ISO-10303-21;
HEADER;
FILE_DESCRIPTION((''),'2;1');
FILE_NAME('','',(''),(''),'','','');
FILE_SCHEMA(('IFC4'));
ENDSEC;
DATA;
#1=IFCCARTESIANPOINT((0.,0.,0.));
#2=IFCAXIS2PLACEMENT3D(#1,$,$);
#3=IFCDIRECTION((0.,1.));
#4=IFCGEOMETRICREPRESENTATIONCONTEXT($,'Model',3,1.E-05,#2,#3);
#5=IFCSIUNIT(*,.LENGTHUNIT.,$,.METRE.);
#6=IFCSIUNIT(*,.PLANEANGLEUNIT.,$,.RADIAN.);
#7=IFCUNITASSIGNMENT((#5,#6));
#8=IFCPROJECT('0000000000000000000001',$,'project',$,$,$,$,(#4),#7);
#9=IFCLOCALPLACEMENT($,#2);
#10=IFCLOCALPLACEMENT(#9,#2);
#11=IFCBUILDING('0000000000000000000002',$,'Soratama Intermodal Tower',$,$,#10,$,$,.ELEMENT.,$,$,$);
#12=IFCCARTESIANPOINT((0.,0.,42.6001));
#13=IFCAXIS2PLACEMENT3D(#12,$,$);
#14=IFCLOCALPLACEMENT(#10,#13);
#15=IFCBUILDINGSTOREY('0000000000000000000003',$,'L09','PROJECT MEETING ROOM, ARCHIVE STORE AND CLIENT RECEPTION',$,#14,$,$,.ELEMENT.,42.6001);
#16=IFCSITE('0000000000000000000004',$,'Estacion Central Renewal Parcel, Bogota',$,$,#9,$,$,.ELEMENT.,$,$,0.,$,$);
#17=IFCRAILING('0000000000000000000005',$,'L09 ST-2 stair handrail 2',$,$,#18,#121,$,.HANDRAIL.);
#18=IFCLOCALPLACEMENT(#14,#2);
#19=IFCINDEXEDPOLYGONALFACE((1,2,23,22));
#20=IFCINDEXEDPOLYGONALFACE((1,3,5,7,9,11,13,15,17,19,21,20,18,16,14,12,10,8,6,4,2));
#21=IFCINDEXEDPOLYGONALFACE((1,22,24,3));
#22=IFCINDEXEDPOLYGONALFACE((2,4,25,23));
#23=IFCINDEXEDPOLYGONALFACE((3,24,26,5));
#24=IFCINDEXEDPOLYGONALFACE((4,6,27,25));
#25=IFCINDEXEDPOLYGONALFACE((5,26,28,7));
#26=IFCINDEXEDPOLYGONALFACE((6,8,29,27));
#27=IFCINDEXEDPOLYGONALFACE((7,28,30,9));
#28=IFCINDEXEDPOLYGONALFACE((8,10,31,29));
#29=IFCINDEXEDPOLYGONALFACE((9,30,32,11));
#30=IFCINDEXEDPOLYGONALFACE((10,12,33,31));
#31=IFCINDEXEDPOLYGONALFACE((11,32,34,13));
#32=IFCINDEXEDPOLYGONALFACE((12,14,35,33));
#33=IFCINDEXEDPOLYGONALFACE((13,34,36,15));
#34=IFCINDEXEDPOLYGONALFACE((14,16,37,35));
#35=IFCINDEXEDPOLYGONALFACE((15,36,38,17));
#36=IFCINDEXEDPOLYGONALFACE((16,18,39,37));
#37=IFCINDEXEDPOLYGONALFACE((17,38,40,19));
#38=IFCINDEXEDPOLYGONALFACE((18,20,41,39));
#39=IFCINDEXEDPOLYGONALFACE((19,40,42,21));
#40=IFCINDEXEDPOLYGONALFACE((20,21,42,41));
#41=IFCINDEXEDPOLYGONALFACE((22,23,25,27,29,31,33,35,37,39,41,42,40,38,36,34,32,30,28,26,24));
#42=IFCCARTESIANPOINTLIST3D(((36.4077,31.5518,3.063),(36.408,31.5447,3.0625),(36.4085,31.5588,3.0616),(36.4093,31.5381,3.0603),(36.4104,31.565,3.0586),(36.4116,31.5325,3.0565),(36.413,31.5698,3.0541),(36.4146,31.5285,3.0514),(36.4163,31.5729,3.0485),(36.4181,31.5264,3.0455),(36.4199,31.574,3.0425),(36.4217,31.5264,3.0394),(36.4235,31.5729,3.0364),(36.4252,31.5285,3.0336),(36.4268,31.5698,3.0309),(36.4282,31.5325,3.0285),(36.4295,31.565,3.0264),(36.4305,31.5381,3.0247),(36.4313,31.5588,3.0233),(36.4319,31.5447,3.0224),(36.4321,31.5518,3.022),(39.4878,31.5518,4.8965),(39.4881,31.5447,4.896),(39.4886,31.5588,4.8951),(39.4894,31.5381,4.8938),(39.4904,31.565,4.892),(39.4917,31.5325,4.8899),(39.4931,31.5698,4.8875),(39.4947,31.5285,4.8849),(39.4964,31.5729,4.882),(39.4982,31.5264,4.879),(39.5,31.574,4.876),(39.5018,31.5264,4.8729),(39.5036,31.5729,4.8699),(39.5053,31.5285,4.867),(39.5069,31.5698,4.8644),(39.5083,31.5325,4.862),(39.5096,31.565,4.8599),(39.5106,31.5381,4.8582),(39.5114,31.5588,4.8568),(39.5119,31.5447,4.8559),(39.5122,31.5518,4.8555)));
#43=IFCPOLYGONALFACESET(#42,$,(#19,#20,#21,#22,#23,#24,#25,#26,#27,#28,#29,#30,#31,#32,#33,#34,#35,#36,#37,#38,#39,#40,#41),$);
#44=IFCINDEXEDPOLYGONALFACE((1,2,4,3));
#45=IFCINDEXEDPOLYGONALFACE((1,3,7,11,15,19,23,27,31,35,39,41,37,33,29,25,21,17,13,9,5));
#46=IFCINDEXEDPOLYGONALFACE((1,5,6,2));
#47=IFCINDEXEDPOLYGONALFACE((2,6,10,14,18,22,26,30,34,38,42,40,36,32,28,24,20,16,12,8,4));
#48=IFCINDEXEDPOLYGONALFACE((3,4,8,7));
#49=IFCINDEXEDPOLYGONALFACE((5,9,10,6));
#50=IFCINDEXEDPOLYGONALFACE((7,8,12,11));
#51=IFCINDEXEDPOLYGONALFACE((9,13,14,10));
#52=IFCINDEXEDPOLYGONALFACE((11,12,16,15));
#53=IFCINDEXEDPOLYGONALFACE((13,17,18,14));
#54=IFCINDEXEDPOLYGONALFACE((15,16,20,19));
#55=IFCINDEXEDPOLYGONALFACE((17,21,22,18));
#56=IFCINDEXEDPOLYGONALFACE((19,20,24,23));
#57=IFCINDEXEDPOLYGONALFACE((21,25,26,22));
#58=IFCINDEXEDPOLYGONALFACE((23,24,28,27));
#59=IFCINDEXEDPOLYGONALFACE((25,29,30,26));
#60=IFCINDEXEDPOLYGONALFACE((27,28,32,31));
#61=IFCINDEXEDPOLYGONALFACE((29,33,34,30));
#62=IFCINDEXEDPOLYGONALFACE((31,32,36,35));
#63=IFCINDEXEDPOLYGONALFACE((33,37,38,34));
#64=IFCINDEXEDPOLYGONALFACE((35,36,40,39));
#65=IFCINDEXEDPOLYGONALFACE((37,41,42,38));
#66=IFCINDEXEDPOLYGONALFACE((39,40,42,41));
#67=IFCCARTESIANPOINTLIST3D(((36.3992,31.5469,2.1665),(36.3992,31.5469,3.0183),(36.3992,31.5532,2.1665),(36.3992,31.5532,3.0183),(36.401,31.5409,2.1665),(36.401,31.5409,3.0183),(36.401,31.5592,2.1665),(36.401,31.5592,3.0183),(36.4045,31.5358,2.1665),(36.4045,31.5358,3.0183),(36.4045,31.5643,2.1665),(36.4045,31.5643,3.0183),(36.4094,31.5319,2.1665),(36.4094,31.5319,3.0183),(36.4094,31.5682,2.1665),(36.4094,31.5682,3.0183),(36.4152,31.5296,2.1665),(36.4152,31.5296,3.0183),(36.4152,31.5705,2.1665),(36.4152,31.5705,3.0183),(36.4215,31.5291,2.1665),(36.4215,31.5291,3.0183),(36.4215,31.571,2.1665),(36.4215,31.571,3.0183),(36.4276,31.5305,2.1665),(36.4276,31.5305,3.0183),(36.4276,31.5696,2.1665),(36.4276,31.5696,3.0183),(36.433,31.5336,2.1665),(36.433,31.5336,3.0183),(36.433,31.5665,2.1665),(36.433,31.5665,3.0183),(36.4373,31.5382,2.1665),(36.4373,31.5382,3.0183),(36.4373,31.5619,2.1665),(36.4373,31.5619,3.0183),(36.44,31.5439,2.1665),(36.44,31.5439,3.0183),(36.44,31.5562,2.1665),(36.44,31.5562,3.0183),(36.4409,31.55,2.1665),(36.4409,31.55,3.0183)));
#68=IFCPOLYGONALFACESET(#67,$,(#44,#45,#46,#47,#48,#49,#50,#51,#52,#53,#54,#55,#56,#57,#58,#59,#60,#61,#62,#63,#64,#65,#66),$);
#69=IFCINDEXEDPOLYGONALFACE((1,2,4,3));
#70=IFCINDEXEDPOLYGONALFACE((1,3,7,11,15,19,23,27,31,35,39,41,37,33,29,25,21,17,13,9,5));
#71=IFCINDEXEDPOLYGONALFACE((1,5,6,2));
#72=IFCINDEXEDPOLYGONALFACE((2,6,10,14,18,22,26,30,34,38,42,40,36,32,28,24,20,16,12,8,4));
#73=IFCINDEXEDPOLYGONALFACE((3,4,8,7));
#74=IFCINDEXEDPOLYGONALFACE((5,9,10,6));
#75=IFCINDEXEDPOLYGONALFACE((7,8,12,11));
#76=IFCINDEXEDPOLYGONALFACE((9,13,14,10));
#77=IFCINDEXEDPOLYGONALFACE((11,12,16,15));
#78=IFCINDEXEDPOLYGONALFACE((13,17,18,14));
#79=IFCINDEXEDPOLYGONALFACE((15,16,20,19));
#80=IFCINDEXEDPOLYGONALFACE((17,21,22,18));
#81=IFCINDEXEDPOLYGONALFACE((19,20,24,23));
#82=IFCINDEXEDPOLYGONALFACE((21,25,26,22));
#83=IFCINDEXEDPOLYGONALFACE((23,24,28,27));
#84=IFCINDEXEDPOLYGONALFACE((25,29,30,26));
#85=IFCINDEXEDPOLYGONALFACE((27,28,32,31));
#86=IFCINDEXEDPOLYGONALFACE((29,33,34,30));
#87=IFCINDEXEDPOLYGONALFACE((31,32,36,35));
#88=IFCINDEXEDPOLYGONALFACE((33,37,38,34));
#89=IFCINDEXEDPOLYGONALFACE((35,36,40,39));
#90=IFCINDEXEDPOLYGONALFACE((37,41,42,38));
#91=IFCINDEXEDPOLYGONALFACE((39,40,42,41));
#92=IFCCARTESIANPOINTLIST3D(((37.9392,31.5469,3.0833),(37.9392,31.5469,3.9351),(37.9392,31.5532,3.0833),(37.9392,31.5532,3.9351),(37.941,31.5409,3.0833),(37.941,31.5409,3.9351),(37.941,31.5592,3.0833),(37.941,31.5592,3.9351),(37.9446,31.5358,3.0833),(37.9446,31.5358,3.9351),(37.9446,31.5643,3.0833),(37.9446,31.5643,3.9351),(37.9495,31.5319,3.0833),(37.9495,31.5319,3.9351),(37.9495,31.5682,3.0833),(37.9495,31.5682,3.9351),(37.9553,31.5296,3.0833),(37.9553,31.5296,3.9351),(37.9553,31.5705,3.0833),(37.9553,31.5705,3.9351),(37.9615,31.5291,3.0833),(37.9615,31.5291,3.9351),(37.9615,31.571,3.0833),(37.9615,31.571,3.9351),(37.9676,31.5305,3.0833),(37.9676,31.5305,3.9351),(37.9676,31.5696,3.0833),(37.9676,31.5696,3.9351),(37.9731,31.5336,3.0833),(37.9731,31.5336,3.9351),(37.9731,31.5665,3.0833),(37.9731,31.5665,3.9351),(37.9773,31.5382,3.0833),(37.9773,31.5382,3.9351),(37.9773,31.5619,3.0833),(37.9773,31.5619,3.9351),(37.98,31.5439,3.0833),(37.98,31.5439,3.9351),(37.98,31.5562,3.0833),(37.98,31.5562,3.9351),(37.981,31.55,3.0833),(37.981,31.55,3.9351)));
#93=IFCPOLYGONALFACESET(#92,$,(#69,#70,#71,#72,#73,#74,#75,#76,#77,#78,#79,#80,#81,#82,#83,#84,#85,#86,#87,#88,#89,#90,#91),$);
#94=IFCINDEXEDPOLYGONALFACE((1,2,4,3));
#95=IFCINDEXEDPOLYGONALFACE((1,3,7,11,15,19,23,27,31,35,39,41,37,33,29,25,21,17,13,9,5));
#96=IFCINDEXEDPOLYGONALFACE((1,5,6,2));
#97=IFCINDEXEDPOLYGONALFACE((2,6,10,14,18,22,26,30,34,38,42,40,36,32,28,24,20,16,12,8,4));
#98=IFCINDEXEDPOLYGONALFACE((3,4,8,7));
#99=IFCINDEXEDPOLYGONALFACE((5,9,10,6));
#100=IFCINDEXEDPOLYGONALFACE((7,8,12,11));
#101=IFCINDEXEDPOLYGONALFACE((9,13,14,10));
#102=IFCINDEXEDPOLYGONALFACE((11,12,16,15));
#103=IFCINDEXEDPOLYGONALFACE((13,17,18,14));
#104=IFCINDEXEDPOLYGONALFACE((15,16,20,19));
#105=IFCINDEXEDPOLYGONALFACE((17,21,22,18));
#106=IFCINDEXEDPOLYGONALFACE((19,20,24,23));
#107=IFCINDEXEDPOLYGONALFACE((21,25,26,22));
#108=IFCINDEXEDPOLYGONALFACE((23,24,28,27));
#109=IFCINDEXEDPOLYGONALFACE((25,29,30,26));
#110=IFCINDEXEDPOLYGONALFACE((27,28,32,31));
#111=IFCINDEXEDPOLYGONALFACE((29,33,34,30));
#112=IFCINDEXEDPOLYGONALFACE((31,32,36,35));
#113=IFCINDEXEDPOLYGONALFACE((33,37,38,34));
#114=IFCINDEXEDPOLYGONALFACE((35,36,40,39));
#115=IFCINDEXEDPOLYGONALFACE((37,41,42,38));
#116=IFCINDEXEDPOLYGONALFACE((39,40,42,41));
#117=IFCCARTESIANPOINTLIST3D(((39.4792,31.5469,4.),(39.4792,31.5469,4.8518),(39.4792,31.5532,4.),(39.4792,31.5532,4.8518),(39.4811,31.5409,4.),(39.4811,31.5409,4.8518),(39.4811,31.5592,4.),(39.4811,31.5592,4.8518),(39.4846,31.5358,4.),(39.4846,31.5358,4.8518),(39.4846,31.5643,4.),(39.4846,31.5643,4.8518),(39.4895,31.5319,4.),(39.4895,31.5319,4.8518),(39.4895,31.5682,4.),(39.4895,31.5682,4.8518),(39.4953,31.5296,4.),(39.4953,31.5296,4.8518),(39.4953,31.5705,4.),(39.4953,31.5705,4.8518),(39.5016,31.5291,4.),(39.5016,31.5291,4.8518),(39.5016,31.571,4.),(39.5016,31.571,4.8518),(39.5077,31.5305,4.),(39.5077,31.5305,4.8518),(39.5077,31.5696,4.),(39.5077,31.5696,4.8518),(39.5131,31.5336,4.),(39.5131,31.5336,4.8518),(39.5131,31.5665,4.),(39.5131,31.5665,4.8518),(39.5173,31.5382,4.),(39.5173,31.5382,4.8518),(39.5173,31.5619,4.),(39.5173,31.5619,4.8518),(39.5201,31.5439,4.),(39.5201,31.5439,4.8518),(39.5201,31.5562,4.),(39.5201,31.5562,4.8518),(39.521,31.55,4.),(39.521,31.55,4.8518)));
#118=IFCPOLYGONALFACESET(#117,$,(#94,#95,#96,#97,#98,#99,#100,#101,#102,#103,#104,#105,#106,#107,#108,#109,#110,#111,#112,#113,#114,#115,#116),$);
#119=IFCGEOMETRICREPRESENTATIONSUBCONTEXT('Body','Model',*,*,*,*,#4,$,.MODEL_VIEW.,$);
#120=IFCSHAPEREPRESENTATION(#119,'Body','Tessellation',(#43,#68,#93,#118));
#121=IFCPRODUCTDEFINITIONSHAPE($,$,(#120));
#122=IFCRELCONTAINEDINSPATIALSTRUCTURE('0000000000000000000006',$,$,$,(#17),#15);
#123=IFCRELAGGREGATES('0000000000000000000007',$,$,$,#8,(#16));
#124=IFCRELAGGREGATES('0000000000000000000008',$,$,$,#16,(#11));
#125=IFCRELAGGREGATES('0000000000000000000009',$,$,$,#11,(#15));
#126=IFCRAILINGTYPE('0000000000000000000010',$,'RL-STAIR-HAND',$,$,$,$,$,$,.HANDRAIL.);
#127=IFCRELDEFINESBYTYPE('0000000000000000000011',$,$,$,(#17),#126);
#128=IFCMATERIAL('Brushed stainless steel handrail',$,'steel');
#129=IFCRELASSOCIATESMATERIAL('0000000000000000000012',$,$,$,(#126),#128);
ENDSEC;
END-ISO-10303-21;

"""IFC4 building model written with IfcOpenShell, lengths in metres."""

from ifc_helpers import new_model, si_unit, direction, frame, origin, origin_2d, place, context, subcontext, project, spatial, circle, extrude, material, type_object, element, save


model = new_model("IFC4")

# Units and contexts
model_context = context("Model", 3, precision=1e-05, world=origin(), true_north=direction((0.0, 1.0)))
body_context = subcontext(model_context, "Body", "Model", "MODEL_VIEW")
ifc_project = project(units=[si_unit("LENGTHUNIT", "METRE"), si_unit("PLANEANGLEUNIT", "RADIAN")], contexts=[model_context])

# Site, building, storey
site_placement = place(None, origin())
site = spatial("IfcSite", under=ifc_project, at=site_placement, Name="Estacion Central Renewal Parcel, Bogota", CompositionType="ELEMENT", RefElevation=0.0)
building_placement = place(site_placement, origin())
building = spatial("IfcBuilding", under=site, at=building_placement, Name="Soratama Intermodal Tower", CompositionType="ELEMENT")
storey_placement = place(building_placement, frame((0.0, 0.0, 42.6001)))
storey = spatial("IfcBuildingStorey", under=building, at=storey_placement, Name="L09", Description="PROJECT MEETING ROOM, ARCHIVE STORE AND CLIENT RECEPTION", CompositionType="ELEMENT", Elevation=42.6001)

# Railing
ifc_material_1 = material(Name="Brushed stainless steel handrail", Category="steel")
railing_type_1 = type_object("IfcRailingType", Name="RL-STAIR-HAND", PredefinedType="HANDRAIL", material=ifc_material_1)
railing_1_placement = place(storey_placement, frame((36.4199, 31.55, 2.1665)))
element("IfcRailing", 1, at=railing_1_placement, inside=storey, type_object=railing_type_1, Name="L09 ST-2 stair handrail 2", PredefinedType="HANDRAIL", context=body_context, shape_type="SweptSolid", body=[
    extrude(circle(Radius=0.0239, at=origin_2d()), frame((0.0, 0.0, 0.876), z_axis=(0.859279, 0.0, 0.511508), x_axis=(0.0, 1.0, 0.0)), (0.0, 0.0, 1.0), 3.5845),
    extrude(circle(Radius=0.021, at=origin_2d()), origin(), (0.0, 0.0, 1.0), 0.8518),
    extrude(circle(Radius=0.021, at=origin_2d()), frame((1.54, 0.0, 0.9167)), (0.0, 0.0, 1.0), 0.8518),
    extrude(circle(Radius=0.021, at=origin_2d()), frame((3.0801, 0.0, 1.8335)), (0.0, 0.0, 1.0), 0.8518),
])

save(model, "model.ifc")
